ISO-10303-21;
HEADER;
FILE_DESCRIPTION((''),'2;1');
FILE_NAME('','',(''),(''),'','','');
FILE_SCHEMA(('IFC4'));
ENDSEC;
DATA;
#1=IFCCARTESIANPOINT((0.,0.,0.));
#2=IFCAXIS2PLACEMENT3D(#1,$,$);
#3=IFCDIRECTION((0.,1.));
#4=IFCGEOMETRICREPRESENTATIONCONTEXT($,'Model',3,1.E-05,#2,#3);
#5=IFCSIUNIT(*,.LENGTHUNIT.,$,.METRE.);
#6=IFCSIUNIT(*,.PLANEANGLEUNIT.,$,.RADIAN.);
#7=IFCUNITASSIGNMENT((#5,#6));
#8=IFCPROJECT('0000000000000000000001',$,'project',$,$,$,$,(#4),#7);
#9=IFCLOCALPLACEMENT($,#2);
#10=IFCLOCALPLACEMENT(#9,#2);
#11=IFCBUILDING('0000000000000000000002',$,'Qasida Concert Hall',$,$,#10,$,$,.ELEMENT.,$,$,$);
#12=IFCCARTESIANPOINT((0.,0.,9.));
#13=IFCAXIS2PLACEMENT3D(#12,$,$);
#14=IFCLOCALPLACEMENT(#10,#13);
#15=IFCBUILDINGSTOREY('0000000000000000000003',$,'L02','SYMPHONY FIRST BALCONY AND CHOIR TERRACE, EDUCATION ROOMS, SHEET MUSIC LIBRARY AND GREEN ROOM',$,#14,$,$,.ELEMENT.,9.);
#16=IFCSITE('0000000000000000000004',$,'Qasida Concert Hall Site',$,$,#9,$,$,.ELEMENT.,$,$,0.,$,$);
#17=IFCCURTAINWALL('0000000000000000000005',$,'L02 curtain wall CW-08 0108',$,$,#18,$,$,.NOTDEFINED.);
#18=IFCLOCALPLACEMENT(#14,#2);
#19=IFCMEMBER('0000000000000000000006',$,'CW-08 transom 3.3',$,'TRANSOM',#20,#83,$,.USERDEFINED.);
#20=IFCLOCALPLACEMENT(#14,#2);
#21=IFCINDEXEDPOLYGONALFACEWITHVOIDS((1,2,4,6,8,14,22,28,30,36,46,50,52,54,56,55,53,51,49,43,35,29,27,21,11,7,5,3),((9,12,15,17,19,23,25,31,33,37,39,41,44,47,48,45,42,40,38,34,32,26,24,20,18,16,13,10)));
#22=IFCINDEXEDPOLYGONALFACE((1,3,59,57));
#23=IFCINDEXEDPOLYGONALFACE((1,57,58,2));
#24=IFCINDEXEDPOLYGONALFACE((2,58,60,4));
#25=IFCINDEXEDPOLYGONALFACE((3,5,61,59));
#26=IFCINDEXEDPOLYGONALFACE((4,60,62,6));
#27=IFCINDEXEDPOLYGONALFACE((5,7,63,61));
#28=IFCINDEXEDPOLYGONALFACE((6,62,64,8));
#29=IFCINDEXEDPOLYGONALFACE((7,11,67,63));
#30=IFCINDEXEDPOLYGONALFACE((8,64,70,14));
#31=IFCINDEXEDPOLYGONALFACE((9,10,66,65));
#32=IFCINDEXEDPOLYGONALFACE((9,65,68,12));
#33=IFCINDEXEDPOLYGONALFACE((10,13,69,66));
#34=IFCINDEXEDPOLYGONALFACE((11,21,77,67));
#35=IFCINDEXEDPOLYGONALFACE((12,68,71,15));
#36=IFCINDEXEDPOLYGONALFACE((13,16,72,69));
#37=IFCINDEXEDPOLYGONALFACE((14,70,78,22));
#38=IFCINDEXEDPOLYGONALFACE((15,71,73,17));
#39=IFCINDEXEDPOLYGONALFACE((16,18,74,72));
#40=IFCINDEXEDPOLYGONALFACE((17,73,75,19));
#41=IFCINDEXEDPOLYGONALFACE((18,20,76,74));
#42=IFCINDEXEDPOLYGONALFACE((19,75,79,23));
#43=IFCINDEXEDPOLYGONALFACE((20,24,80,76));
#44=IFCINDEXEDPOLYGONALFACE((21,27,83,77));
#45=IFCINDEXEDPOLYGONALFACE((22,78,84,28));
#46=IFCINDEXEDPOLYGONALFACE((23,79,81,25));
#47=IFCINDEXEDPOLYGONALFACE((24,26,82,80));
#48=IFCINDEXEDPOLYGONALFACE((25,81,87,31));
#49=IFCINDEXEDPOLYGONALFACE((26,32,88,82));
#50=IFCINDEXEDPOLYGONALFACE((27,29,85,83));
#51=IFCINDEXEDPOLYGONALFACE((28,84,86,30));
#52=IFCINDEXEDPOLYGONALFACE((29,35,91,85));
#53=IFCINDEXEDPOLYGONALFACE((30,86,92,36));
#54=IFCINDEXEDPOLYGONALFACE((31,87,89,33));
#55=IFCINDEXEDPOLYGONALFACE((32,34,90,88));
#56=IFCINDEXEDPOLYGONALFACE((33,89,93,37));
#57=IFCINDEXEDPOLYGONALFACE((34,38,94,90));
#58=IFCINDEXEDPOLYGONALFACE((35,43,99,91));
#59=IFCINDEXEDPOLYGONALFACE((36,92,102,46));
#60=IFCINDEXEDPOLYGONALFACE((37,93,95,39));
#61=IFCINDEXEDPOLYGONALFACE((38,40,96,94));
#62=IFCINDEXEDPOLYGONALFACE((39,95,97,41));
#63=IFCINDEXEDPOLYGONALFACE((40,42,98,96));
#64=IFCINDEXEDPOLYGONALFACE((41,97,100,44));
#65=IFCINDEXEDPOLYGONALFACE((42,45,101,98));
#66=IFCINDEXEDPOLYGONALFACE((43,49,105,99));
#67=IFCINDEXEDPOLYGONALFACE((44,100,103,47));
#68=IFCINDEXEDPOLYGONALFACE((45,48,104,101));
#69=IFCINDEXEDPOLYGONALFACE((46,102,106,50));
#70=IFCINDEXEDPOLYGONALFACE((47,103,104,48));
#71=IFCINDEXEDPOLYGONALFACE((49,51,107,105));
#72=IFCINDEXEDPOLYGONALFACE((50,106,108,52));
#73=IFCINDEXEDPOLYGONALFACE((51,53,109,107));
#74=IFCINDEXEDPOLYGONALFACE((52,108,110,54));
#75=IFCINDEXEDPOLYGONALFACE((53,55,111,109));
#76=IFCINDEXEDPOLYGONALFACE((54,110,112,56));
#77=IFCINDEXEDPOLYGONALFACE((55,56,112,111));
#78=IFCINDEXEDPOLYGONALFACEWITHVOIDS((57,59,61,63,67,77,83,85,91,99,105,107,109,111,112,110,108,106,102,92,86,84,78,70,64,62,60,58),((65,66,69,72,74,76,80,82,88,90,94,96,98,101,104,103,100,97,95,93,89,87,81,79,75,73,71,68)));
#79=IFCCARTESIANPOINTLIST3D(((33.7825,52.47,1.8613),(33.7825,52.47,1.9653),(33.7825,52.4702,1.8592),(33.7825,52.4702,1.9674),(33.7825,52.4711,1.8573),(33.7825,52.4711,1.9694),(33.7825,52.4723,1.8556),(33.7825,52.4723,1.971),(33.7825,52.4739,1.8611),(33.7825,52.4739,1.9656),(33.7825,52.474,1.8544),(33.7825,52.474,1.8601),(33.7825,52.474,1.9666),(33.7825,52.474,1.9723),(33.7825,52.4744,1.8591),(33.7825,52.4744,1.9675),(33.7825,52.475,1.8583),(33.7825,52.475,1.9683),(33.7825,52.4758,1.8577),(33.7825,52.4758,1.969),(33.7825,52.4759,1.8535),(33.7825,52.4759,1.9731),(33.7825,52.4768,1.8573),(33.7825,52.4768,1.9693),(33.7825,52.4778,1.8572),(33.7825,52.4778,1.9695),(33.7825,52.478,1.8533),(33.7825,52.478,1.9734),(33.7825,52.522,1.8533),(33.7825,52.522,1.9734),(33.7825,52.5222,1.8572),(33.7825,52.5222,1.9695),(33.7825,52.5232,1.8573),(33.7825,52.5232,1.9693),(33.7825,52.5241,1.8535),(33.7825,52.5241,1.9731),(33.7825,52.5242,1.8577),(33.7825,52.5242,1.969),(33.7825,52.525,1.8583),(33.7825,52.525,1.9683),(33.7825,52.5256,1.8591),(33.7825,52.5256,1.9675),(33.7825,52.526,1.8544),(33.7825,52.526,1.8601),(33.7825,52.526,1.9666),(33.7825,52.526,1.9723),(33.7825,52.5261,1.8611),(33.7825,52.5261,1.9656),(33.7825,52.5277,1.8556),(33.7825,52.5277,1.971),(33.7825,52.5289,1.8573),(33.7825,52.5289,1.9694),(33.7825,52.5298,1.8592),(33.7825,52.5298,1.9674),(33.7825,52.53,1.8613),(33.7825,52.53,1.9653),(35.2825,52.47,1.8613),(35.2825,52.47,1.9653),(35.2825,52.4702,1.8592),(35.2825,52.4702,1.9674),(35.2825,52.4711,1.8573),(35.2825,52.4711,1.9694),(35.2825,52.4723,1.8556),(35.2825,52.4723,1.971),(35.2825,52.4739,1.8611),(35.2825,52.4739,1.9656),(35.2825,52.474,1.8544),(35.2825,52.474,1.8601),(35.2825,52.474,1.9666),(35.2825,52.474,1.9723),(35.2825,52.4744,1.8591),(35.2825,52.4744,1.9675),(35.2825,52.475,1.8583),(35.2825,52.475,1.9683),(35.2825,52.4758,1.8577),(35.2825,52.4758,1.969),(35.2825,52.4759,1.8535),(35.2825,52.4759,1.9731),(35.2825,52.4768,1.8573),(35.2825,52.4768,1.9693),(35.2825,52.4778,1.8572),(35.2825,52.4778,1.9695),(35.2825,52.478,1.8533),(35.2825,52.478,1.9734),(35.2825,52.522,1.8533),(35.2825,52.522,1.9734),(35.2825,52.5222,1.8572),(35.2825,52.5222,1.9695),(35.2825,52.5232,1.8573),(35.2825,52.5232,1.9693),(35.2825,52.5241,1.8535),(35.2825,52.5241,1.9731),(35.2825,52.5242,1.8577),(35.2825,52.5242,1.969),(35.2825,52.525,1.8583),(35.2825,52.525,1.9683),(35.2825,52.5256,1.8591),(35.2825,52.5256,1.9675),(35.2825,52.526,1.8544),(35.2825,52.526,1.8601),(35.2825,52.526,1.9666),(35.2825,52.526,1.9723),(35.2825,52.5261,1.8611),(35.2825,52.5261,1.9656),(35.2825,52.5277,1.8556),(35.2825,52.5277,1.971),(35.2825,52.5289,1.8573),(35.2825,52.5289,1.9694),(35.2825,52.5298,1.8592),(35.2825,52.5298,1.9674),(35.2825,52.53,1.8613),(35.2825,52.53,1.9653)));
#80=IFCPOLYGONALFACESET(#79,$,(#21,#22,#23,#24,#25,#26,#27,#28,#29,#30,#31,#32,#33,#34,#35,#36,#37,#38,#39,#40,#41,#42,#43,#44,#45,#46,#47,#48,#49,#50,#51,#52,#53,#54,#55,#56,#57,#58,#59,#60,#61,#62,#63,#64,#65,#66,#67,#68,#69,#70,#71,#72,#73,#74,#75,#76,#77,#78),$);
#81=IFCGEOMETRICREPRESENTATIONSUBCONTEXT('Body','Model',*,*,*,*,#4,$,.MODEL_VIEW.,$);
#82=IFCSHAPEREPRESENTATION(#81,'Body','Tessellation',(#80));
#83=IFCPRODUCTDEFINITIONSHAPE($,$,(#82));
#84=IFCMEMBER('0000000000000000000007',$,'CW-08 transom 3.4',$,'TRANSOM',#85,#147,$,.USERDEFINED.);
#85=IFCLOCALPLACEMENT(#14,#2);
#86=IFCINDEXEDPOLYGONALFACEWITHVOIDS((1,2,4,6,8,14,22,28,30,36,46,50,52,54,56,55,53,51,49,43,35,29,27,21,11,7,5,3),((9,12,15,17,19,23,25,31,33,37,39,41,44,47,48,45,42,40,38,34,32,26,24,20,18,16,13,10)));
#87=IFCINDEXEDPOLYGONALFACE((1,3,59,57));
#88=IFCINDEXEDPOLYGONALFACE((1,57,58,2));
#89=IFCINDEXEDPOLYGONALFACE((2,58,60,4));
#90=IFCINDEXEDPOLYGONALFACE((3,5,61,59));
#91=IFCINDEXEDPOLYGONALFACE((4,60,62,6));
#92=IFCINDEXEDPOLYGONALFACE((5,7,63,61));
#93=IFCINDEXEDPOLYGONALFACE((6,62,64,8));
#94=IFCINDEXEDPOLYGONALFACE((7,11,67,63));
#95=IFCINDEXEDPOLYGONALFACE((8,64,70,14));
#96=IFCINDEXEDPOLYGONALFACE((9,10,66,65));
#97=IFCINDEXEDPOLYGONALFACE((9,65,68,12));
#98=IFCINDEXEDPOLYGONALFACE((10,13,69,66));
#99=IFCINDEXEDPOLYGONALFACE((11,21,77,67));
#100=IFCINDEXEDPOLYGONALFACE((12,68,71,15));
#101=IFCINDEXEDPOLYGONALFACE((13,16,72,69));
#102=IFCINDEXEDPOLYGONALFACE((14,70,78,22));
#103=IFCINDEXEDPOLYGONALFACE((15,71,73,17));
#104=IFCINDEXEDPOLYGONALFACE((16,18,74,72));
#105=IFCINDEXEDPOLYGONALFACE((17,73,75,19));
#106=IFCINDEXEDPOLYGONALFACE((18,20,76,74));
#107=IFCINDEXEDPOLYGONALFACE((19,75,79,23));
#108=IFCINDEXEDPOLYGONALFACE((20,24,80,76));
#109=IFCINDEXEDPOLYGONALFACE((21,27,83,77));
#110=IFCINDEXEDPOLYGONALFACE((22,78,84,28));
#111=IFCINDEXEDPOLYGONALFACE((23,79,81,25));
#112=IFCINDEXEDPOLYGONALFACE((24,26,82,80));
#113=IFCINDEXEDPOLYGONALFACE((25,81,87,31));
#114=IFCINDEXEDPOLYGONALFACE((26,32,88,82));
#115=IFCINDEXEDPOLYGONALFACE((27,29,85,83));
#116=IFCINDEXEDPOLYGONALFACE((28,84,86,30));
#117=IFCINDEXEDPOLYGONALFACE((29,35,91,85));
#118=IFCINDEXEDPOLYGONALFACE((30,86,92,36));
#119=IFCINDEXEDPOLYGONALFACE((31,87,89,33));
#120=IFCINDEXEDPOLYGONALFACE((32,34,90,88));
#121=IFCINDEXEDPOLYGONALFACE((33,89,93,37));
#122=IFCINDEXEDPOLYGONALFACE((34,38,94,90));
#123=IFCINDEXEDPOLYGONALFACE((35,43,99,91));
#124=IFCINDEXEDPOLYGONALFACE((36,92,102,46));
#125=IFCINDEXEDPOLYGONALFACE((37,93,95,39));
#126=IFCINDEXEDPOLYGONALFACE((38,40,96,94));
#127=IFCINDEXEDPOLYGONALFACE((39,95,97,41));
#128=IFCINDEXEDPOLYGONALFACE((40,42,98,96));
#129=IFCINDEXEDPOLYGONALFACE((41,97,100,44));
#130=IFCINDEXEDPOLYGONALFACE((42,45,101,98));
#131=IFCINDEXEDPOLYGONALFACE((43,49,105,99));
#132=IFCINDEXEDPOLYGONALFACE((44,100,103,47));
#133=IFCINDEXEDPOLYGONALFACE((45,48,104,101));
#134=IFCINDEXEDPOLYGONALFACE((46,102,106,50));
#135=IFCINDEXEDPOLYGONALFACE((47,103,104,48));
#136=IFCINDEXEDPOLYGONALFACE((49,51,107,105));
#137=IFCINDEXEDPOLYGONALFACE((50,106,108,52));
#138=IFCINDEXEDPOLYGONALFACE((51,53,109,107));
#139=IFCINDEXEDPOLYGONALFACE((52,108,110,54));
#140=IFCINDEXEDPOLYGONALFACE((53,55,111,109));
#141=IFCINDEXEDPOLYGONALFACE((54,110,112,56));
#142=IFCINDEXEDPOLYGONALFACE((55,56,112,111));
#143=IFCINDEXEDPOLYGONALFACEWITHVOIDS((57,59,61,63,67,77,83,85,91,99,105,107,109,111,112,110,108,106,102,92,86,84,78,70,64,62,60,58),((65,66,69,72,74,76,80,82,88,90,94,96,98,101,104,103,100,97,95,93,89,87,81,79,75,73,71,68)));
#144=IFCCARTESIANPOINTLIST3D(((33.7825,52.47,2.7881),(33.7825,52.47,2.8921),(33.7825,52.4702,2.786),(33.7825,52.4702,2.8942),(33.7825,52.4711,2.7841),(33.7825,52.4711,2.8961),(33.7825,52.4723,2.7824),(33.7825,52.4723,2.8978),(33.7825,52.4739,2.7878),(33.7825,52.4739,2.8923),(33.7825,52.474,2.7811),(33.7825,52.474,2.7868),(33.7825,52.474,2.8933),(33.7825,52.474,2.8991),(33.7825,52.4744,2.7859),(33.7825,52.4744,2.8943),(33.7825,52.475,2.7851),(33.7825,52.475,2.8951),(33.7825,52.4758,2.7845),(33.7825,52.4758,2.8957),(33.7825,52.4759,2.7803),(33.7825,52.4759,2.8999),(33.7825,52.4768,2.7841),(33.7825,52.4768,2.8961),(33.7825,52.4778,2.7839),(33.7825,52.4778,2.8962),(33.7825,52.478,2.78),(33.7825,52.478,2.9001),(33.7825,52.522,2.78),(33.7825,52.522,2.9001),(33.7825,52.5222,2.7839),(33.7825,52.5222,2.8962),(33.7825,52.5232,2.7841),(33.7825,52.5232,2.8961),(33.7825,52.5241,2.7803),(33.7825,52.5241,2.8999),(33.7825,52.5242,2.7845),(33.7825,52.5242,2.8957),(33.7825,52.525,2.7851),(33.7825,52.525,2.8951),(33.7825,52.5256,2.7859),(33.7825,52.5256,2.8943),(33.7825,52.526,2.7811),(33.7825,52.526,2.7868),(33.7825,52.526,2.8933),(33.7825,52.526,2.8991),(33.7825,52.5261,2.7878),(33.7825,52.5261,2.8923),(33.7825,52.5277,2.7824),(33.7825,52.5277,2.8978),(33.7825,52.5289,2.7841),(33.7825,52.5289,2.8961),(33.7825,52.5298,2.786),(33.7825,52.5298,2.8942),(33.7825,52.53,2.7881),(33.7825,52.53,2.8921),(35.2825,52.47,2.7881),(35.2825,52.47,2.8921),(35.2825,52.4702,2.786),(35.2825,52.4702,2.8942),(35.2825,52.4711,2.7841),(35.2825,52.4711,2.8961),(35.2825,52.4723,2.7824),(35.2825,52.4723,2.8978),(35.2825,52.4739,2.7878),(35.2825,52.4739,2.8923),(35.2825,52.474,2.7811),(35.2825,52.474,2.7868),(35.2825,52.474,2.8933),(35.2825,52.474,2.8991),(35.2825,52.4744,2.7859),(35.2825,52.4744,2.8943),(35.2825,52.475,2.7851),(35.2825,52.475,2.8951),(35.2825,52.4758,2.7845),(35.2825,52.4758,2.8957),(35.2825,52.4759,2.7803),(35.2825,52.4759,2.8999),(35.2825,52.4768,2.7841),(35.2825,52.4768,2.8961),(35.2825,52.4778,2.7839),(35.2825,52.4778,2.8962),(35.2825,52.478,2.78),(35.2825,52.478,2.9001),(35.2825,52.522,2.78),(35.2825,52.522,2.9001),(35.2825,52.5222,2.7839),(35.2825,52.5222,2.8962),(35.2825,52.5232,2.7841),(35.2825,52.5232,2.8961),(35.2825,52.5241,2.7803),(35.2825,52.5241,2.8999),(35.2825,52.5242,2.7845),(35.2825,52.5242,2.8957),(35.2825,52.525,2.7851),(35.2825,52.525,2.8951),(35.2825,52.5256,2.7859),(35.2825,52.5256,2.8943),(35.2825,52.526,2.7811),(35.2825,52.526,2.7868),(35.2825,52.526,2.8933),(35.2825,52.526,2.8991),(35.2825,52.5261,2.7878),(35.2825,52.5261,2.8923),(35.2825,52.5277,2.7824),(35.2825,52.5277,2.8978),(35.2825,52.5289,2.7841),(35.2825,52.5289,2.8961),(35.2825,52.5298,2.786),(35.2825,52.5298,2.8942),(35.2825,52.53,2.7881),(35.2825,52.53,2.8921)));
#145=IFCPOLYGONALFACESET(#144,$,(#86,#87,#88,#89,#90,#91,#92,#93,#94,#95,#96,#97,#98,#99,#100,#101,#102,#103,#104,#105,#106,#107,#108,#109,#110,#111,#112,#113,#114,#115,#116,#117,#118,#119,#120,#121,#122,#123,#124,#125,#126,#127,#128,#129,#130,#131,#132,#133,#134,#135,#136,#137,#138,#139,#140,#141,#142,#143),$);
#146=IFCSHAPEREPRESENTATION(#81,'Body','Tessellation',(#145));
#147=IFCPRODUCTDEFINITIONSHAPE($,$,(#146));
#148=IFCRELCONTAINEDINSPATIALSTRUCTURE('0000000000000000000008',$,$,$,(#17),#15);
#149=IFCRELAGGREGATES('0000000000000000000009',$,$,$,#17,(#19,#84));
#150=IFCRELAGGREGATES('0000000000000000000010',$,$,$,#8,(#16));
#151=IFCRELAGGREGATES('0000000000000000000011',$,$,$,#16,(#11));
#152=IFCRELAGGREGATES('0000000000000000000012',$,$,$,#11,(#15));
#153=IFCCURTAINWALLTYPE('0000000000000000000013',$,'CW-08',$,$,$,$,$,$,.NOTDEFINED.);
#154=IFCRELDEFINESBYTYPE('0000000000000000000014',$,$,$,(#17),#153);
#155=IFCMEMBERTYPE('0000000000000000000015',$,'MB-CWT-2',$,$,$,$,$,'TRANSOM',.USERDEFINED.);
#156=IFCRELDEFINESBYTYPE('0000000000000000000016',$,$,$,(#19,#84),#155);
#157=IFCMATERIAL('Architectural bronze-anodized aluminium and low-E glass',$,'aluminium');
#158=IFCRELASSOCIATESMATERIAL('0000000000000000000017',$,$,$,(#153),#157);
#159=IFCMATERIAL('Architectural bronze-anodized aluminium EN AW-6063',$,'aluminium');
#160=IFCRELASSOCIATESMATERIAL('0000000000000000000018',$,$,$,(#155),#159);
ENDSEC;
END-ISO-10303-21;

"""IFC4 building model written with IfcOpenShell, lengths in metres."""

from ifc_helpers import new_model, si_unit, direction, frame, origin, origin_2d, place, context, subcontext, project, spatial, hollow_rectangle, extrude, material, material_profile, profile_set, type_object, element, aggregate, save


model = new_model("IFC4")

# Units and contexts
model_context = context("Model", 3, precision=1e-05, world=origin(), true_north=direction((0.0, 1.0)))
body_context = subcontext(model_context, "Body", "Model", "MODEL_VIEW")
ifc_project = project(units=[si_unit("LENGTHUNIT", "METRE"), si_unit("PLANEANGLEUNIT", "RADIAN")], contexts=[model_context])

# Site, building, storey
site_placement = place(None, origin())
site = spatial("IfcSite", under=ifc_project, at=site_placement, Name="Qasida Concert Hall Site", CompositionType="ELEMENT", RefElevation=0.0)
building_placement = place(site_placement, origin())
building = spatial("IfcBuilding", under=site, at=building_placement, Name="Qasida Concert Hall", CompositionType="ELEMENT")
storey_placement = place(building_placement, frame((0.0, 0.0, 9.0)))
storey = spatial("IfcBuildingStorey", under=building, at=storey_placement, Name="L02", Description="SYMPHONY FIRST BALCONY AND CHOIR TERRACE, EDUCATION ROOMS, SHEET MUSIC LIBRARY AND GREEN ROOM", CompositionType="ELEMENT", Elevation=9.0)

# Curtain wall, members
ifc_material_1 = material(Name="Architectural bronze-anodized aluminium and low-E glass", Category="aluminium")
curtain_wall_type = type_object("IfcCurtainWallType", Name="CW-08", PredefinedType="NOTDEFINED", material=ifc_material_1)
curtain_wall_placement = place(storey_placement, origin())
curtain_wall = element("IfcCurtainWall", 1, at=curtain_wall_placement, inside=storey, type_object=curtain_wall_type, Name="L02 curtain wall CW-08 0108", PredefinedType="NOTDEFINED")
ifc_material_2 = material(Name="Architectural bronze-anodized aluminium EN AW-6063", Category="aluminium")
ifc_material_profile_1 = material_profile(ifc_material_2, hollow_rectangle(XDim=0.0601, YDim=0.1201, WallThickness=0.0039, InnerFilletRadius=0.0039, OuterFilletRadius=0.0081, at=origin_2d()), Name="CWT 120x60x4")
ifc_profile_set_1 = profile_set([ifc_material_profile_1], Name="Architectural bronze-anodized aluminium EN AW-6063")
member_type_1 = type_object("IfcMemberType", Name="MB-CWT-2", ElementType="TRANSOM", PredefinedType="USERDEFINED", material=ifc_profile_set_1)
member_1_placement = place(storey_placement, frame((33.7825, 52.5, 1.9133), z_axis=(1.0, 0.0, 0.0), x_axis=(0.0, 1.0, 0.0)))
member_1 = element("IfcMember", 2, at=member_1_placement, type_object=member_type_1, Name="CW-08 transom 3.3", ObjectType="TRANSOM", PredefinedType="USERDEFINED", context=body_context, shape_type="SweptSolid", body=[
    extrude(hollow_rectangle(XDim=0.0601, YDim=0.1201, WallThickness=0.0039, InnerFilletRadius=0.0039, OuterFilletRadius=0.0081, at=origin_2d()), origin(), (0.0, 0.0, 1.0), 1.5),
])
member_2_placement = place(storey_placement, frame((33.7825, 52.5, 2.8401), z_axis=(1.0, 0.0, 0.0), x_axis=(0.0, 1.0, 0.0)))
member_2 = element("IfcMember", 3, at=member_2_placement, type_object=member_type_1, Name="CW-08 transom 3.4", ObjectType="TRANSOM", PredefinedType="USERDEFINED", context=body_context, shape_type="SweptSolid", body=[
    extrude(hollow_rectangle(XDim=0.0601, YDim=0.1201, WallThickness=0.0039, InnerFilletRadius=0.0039, OuterFilletRadius=0.0081, at=origin_2d()), origin(), (0.0, 0.0, 1.0), 1.5),
])
aggregate(curtain_wall, [member_1, member_2])

save(model, "model.ifc")
